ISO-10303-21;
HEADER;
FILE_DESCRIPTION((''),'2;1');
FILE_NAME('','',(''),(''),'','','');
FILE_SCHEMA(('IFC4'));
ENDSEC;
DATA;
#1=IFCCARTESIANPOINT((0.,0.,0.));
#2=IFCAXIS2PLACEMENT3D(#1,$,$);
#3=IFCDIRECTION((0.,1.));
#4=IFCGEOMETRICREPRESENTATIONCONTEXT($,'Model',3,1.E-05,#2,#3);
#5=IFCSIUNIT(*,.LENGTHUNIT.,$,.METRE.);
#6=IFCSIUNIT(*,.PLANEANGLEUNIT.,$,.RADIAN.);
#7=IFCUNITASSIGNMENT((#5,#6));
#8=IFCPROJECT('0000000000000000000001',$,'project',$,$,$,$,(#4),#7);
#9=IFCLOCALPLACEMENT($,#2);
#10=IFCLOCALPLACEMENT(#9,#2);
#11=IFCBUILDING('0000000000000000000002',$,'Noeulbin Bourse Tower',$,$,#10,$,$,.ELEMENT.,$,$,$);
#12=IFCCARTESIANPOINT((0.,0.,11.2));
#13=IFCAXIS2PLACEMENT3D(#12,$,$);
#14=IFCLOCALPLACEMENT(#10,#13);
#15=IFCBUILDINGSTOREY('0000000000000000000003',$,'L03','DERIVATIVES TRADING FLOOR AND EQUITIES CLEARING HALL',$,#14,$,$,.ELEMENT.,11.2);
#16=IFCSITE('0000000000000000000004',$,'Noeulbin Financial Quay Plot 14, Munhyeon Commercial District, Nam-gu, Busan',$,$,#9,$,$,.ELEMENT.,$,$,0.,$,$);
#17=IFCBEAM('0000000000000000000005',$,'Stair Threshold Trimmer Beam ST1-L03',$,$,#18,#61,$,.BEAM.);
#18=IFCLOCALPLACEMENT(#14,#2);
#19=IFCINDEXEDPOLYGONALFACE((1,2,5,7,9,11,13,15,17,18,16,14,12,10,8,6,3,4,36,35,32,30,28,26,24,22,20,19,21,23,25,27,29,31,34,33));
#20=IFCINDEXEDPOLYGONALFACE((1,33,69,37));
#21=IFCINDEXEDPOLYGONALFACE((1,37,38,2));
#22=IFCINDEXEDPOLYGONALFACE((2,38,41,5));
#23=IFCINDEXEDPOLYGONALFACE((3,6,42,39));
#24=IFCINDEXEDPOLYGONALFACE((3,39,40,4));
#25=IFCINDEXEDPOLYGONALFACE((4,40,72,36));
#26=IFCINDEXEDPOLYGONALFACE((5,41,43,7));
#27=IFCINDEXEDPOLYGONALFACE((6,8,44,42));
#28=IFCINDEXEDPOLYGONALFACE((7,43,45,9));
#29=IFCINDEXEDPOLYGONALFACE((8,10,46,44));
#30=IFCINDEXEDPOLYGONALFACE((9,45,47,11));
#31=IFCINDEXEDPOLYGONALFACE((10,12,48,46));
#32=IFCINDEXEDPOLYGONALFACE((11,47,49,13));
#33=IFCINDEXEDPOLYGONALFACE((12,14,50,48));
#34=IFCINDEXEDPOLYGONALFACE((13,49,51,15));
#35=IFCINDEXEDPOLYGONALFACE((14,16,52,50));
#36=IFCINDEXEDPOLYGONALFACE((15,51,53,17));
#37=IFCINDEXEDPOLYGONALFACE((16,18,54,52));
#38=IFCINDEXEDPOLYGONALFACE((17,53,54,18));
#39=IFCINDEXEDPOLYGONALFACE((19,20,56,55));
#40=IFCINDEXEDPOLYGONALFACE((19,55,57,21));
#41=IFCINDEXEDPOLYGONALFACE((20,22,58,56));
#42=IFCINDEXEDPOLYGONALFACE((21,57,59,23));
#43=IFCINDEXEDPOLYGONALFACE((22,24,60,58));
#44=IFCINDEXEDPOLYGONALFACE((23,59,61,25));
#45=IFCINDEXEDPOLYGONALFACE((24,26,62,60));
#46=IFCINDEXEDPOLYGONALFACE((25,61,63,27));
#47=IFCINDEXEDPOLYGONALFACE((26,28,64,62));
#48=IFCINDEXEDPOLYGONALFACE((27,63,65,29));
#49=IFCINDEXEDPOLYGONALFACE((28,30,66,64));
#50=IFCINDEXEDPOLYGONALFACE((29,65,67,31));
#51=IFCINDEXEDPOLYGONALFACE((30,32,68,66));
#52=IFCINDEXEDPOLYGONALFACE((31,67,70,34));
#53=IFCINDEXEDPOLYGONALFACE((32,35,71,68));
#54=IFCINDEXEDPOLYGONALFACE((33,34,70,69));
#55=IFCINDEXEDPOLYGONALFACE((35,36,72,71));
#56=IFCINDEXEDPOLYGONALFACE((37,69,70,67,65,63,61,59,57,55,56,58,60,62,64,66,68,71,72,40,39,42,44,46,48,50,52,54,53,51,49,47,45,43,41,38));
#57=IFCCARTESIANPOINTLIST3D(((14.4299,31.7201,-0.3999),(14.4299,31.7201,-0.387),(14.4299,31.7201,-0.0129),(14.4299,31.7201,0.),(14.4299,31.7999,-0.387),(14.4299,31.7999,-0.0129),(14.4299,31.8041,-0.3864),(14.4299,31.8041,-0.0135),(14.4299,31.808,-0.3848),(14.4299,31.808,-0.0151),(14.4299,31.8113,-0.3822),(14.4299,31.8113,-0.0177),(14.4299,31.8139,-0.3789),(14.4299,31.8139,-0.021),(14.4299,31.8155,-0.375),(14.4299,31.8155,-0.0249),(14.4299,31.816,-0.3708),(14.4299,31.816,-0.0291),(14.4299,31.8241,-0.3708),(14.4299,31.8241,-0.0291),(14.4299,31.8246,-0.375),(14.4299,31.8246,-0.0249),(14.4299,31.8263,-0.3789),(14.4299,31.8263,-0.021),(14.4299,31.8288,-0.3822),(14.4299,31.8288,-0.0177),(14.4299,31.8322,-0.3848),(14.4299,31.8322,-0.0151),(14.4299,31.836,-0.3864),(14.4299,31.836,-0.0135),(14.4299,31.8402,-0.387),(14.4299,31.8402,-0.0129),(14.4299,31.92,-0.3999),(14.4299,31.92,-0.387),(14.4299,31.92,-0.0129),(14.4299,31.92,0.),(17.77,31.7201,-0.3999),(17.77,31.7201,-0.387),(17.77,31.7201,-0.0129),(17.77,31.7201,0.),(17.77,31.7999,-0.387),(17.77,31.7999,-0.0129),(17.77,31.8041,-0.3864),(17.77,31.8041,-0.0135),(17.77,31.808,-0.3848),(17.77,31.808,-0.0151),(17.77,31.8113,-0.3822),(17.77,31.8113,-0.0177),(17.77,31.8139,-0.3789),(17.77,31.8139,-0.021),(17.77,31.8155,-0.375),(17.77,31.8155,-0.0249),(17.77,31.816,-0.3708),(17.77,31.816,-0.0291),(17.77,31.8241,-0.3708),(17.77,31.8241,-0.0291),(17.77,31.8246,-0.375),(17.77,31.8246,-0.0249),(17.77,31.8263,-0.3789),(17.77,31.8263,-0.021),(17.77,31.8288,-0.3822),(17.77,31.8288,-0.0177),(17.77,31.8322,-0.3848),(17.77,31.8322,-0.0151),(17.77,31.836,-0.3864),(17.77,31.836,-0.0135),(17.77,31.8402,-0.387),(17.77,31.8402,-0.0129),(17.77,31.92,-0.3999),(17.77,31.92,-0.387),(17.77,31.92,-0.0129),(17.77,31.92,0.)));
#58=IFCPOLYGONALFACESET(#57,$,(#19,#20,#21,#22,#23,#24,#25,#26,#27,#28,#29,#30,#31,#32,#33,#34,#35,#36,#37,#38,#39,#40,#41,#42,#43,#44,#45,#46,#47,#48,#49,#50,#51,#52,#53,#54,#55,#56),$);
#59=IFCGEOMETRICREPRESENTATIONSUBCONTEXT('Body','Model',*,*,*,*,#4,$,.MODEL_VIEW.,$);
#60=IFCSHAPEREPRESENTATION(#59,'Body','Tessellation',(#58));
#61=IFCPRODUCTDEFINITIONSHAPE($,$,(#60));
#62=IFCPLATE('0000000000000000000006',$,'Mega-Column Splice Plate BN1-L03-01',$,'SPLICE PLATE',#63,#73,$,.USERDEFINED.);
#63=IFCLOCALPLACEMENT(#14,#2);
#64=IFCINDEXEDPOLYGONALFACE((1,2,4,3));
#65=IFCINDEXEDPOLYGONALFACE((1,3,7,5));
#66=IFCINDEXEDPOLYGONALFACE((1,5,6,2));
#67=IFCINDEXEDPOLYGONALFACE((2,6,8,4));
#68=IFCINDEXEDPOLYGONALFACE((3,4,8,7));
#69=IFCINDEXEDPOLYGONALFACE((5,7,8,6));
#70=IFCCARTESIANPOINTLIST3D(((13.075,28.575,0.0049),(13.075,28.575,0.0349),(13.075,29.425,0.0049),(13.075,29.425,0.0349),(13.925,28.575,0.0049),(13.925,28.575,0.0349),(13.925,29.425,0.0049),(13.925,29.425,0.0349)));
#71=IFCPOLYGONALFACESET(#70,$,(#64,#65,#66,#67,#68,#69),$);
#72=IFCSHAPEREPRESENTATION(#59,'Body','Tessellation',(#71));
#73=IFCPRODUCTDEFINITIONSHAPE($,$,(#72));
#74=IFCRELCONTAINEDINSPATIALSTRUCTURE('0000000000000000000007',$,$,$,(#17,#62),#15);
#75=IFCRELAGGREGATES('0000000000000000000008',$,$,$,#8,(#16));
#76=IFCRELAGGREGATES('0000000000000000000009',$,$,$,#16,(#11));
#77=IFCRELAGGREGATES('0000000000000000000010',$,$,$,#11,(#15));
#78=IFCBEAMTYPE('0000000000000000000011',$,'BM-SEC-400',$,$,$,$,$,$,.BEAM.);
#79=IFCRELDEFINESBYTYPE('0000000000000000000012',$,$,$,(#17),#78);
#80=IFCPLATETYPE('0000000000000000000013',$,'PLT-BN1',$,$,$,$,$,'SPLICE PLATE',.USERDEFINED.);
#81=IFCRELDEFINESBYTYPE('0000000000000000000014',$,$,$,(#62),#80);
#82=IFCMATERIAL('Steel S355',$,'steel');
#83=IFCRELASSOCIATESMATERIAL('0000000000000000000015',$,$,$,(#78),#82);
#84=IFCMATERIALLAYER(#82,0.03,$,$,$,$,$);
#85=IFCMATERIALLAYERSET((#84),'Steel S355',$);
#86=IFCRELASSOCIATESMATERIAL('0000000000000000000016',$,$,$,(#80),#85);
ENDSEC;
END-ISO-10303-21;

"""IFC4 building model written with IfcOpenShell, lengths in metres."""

from ifc_helpers import new_model, si_unit, direction, frame, origin, origin_2d, place, context, subcontext, project, spatial, rectangle, i_section, extrude, material, layer, layer_set, material_profile, profile_set, type_object, element, save


model = new_model("IFC4")

# Units and contexts
model_context = context("Model", 3, precision=1e-05, world=origin(), true_north=direction((0.0, 1.0)))
body_context = subcontext(model_context, "Body", "Model", "MODEL_VIEW")
ifc_project = project(units=[si_unit("LENGTHUNIT", "METRE"), si_unit("PLANEANGLEUNIT", "RADIAN")], contexts=[model_context])

# Site, building, storey
site_placement = place(None, origin())
site = spatial("IfcSite", under=ifc_project, at=site_placement, Name="Noeulbin Financial Quay Plot 14, Munhyeon Commercial District, Nam-gu, Busan", CompositionType="ELEMENT", RefElevation=0.0)
building_placement = place(site_placement, origin())
building = spatial("IfcBuilding", under=site, at=building_placement, Name="Noeulbin Bourse Tower", CompositionType="ELEMENT")
storey_placement = place(building_placement, frame((0.0, 0.0, 11.2)))
storey = spatial("IfcBuildingStorey", under=building, at=storey_placement, Name="L03", Description="DERIVATIVES TRADING FLOOR AND EQUITIES CLEARING HALL", CompositionType="ELEMENT", Elevation=11.2)

# Beam
ifc_material_1 = material(Name="Steel S355", Category="steel")
ifc_material_profile_1 = material_profile(ifc_material_1, i_section(OverallWidth=0.2, OverallDepth=0.3999, WebThickness=0.0081, FlangeThickness=0.0129, FilletRadius=0.0161, at=origin_2d()), Name="H-400x200x8x13", Category="LoadBearing")
ifc_profile_set_1 = profile_set([ifc_material_profile_1], Name="Steel S355")
beam_type_1 = type_object("IfcBeamType", Name="BM-SEC-400", PredefinedType="BEAM", material=ifc_profile_set_1)
beam_1_placement = place(storey_placement, frame((14.4299, 31.8201, -0.2), z_axis=(1.0, 0.0, 0.0), x_axis=(0.0, 1.0, 0.0)))
element("IfcBeam", 1, at=beam_1_placement, inside=storey, type_object=beam_type_1, Name="Stair Threshold Trimmer Beam ST1-L03", PredefinedType="BEAM", context=body_context, shape_type="SweptSolid", body=[
    extrude(i_section(OverallWidth=0.2, OverallDepth=0.3999, WebThickness=0.0081, FlangeThickness=0.0129, FilletRadius=0.0161, at=origin_2d()), origin(), (0.0, 0.0, 1.0), 3.3401),
])

# Plate
ifc_layer_1 = layer(ifc_material_1, 0.03)
ifc_layer_set_1 = layer_set([ifc_layer_1], Name="Steel S355")
plate_type = type_object("IfcPlateType", Name="PLT-BN1", ElementType="SPLICE PLATE", PredefinedType="USERDEFINED", material=ifc_layer_set_1)
plate_placement = place(storey_placement, frame((13.5, 29.0, 0.0049), z_axis=(0.0, 0.0, 1.0), x_axis=(1.0, 0.0, 0.0)))
element("IfcPlate", 2, at=plate_placement, inside=storey, type_object=plate_type, Name="Mega-Column Splice Plate BN1-L03-01", ObjectType="SPLICE PLATE", PredefinedType="USERDEFINED", context=body_context, shape_type="SweptSolid", body=[
    extrude(rectangle(XDim=0.8501, YDim=0.8501, at=origin_2d()), origin(), (0.0, 0.0, 1.0), 0.03),
])

save(model, "model.ifc")
